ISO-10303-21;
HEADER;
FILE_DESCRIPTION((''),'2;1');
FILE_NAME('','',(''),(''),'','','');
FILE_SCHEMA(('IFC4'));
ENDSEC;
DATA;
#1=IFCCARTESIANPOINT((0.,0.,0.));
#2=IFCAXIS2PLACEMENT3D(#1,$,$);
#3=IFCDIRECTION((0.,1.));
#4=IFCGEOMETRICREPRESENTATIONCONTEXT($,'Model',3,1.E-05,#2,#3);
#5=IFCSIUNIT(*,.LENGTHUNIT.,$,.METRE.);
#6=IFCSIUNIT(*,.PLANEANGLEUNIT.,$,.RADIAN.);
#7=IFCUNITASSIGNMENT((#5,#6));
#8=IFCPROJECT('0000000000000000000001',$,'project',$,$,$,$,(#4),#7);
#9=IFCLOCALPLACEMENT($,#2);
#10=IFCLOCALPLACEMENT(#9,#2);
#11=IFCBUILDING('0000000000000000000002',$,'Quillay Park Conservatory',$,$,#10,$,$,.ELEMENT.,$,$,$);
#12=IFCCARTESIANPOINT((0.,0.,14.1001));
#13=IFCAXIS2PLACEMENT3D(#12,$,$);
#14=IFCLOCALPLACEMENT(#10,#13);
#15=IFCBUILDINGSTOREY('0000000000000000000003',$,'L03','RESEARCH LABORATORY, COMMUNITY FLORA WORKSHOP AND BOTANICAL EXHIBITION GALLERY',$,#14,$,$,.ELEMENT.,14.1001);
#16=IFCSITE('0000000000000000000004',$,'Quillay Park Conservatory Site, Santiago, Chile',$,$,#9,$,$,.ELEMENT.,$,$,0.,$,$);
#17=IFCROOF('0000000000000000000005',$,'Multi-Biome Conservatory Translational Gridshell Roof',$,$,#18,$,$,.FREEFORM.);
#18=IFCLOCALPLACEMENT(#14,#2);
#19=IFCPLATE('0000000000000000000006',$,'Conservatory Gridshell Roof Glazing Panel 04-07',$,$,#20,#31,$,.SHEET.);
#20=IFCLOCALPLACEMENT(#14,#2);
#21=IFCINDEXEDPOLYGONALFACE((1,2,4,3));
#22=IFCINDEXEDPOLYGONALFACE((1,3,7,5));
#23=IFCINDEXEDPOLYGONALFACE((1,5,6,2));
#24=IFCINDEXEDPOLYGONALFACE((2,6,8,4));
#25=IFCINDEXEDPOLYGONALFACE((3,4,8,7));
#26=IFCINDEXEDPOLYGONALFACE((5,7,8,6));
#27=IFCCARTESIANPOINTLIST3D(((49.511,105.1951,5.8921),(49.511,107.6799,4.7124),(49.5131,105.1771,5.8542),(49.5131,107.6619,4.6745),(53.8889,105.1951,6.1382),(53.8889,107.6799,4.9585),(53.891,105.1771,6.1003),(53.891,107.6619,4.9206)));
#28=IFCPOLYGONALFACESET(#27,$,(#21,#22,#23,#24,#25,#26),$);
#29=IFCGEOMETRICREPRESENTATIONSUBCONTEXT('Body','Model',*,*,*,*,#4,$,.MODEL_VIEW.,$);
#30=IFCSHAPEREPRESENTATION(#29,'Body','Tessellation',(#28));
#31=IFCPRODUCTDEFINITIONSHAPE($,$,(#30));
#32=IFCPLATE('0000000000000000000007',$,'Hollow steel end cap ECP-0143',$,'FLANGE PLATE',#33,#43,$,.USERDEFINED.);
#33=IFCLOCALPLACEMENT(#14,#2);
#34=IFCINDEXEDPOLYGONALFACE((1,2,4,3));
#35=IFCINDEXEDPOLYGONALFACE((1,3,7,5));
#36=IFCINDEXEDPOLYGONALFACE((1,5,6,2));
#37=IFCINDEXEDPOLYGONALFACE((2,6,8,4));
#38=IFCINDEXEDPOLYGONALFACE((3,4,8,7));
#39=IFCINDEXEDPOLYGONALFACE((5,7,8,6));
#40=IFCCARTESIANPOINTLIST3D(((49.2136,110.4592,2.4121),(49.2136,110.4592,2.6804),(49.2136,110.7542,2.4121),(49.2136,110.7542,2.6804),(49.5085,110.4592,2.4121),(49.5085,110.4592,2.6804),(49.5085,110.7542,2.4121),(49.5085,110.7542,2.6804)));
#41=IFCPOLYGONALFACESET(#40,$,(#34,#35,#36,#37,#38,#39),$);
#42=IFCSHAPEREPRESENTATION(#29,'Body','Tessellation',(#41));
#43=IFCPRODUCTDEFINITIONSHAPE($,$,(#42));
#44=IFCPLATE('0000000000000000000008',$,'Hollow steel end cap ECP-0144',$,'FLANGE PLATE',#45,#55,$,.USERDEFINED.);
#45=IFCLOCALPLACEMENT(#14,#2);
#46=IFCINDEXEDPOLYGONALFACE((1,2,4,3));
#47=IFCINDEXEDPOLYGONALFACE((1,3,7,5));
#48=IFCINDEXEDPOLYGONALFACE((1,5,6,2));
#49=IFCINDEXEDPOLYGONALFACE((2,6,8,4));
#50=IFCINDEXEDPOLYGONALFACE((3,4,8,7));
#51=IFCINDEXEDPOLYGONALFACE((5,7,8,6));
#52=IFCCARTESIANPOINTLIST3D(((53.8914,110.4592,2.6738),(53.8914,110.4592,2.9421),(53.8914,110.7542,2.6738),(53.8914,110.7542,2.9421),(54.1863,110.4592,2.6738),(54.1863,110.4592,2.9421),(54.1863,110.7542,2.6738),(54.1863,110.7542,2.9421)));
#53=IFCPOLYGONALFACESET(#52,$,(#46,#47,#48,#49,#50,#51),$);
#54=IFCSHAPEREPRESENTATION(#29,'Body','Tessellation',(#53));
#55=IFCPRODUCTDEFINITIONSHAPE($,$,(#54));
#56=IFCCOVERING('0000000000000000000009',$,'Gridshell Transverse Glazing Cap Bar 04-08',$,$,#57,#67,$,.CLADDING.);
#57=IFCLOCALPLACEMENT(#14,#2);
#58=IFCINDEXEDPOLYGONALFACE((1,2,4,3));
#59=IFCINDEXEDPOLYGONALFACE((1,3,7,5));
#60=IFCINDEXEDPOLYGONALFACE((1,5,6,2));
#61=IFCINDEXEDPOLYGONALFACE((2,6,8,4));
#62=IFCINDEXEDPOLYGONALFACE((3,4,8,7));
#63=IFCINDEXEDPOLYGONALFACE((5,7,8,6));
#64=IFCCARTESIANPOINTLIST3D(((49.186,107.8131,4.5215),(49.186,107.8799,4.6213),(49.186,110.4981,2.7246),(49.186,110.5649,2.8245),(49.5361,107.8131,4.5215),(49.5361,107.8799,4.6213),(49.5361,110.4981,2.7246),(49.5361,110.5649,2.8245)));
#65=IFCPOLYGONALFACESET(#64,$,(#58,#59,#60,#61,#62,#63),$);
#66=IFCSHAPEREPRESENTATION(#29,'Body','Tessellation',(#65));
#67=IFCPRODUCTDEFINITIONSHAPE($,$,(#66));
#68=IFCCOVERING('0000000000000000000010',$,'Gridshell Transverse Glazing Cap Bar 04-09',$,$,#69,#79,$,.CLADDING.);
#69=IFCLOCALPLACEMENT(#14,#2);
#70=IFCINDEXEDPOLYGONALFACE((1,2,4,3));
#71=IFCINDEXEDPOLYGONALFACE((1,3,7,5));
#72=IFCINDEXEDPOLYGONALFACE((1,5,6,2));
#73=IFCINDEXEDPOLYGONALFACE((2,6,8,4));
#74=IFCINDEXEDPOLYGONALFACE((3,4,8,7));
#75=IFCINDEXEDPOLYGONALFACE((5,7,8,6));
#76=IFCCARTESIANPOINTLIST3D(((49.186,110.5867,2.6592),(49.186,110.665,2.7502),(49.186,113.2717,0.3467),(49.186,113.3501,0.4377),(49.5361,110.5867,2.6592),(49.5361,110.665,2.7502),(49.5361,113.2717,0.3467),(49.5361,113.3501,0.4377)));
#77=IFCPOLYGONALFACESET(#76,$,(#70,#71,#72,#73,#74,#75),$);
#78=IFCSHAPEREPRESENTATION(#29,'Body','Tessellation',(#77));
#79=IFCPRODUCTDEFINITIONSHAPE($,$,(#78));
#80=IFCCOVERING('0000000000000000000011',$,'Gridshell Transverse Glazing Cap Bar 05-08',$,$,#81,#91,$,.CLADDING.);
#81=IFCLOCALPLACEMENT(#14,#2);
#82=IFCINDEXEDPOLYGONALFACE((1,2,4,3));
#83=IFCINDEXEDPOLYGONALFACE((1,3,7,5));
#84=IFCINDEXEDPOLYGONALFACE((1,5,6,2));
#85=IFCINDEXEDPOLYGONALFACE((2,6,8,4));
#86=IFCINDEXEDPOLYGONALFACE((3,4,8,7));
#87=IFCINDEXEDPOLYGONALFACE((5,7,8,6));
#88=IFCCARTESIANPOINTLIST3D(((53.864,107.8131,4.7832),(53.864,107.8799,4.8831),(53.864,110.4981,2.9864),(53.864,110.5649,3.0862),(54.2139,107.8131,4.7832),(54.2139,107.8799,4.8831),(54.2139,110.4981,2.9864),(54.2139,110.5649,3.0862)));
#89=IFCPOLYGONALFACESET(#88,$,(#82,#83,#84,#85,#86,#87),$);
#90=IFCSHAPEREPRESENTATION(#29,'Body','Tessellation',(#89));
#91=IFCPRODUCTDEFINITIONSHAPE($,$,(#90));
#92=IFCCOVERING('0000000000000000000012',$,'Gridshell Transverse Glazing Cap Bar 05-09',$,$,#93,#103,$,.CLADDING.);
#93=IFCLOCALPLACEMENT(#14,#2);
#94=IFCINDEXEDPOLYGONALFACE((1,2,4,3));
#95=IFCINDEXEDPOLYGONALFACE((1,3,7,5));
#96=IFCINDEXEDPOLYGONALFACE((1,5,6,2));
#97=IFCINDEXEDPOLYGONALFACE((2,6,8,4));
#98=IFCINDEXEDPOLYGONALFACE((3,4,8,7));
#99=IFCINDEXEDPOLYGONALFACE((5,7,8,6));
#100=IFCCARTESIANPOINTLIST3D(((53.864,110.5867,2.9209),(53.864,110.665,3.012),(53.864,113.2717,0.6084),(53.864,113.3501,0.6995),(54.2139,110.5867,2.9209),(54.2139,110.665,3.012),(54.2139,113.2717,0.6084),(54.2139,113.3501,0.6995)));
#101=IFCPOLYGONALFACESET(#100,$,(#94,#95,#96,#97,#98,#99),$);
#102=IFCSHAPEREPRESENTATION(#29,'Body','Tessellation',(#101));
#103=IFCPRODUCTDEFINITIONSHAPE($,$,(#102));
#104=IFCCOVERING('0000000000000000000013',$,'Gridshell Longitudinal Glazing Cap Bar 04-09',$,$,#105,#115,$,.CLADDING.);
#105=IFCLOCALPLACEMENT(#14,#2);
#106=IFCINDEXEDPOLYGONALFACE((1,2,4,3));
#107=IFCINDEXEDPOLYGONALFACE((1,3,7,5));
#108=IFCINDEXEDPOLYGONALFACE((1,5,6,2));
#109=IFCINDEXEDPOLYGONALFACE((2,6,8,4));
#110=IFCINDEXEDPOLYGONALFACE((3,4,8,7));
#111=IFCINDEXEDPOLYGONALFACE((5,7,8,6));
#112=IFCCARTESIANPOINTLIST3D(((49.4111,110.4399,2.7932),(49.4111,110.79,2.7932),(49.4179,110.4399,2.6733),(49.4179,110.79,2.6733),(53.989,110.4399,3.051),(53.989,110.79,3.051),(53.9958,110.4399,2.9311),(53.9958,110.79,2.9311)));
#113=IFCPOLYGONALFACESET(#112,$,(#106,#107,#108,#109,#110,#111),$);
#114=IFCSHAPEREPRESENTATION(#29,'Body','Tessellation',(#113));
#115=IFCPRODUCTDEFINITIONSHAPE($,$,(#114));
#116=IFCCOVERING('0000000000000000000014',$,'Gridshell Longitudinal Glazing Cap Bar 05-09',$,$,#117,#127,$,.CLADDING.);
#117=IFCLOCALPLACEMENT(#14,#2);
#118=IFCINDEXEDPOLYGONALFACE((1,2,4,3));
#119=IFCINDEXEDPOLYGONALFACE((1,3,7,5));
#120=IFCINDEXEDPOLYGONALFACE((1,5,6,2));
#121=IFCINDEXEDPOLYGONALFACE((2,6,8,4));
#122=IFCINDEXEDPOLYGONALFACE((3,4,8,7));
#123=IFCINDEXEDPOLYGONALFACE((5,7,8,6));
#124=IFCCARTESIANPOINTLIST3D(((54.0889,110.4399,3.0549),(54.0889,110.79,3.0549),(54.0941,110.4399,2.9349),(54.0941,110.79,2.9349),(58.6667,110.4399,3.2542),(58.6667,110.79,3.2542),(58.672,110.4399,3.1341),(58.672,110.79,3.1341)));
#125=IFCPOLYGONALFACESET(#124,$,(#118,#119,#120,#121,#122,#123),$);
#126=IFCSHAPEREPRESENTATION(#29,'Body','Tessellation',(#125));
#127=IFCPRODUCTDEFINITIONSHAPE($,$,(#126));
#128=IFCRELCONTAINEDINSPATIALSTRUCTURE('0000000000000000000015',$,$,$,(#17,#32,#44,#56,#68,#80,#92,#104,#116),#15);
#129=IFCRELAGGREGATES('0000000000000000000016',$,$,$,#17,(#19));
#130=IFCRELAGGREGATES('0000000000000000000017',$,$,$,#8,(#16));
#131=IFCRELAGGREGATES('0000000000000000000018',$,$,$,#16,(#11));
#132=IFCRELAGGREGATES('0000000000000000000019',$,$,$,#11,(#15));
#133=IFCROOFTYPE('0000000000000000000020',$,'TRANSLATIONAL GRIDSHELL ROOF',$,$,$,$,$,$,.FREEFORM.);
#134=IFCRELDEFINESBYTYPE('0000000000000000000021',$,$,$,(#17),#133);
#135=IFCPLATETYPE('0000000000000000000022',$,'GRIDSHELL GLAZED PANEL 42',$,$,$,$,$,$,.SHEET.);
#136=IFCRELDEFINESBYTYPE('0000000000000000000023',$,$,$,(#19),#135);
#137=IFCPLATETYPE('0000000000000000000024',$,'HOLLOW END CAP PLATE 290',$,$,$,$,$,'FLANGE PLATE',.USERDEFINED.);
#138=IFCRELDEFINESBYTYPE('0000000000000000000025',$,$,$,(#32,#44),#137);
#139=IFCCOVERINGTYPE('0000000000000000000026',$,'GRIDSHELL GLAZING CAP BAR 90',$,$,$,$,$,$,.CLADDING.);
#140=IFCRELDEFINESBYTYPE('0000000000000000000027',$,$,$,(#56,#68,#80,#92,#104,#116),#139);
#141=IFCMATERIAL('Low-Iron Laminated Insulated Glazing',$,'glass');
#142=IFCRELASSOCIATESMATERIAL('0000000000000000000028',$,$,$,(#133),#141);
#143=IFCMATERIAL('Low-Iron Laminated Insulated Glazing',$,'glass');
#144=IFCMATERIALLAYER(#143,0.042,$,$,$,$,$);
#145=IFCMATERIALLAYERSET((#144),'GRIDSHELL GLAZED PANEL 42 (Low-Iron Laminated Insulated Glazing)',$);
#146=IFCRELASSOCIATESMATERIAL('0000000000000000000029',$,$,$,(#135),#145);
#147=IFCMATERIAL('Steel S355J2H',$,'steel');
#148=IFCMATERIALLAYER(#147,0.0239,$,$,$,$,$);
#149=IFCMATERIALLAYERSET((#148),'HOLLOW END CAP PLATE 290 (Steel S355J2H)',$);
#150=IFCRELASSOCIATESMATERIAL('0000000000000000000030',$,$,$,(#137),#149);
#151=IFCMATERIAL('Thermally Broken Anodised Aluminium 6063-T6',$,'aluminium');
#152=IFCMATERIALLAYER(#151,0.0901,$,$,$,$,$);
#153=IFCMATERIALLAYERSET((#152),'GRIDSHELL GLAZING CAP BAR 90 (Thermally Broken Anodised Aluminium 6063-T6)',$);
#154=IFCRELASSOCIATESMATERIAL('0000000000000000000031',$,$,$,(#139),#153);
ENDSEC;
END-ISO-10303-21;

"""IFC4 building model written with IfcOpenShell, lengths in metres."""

from ifc_helpers import new_model, si_unit, direction, frame, origin, origin_2d, place, context, subcontext, project, spatial, polyline, rectangle, outline, extrude, material, layer, layer_set, type_object, element, aggregate, save


model = new_model("IFC4")

# Units and contexts
model_context = context("Model", 3, precision=1e-05, world=origin(), true_north=direction((0.0, 1.0)))
body_context = subcontext(model_context, "Body", "Model", "MODEL_VIEW")
ifc_project = project(units=[si_unit("LENGTHUNIT", "METRE"), si_unit("PLANEANGLEUNIT", "RADIAN")], contexts=[model_context])

# Site, building, storey
site_placement = place(None, origin())
site = spatial("IfcSite", under=ifc_project, at=site_placement, Name="Quillay Park Conservatory Site, Santiago, Chile", CompositionType="ELEMENT", RefElevation=0.0)
building_placement = place(site_placement, origin())
building = spatial("IfcBuilding", under=site, at=building_placement, Name="Quillay Park Conservatory", CompositionType="ELEMENT")
storey_placement = place(building_placement, frame((0.0, 0.0, 14.1001)))
storey = spatial("IfcBuildingStorey", under=building, at=storey_placement, Name="L03", Description="RESEARCH LABORATORY, COMMUNITY FLORA WORKSHOP AND BOTANICAL EXHIBITION GALLERY", CompositionType="ELEMENT", Elevation=14.1001)

# Roof, plate
ifc_material_1 = material(Name="Low-Iron Laminated Insulated Glazing", Category="glass")
roof_type = type_object("IfcRoofType", Name="TRANSLATIONAL GRIDSHELL ROOF", PredefinedType="FREEFORM", material=ifc_material_1)
roof_placement = place(storey_placement, origin())
roof = element("IfcRoof", 1, at=roof_placement, inside=storey, type_object=roof_type, Name="Multi-Biome Conservatory Translational Gridshell Roof", PredefinedType="FREEFORM")
ifc_material_2 = material(Name="Low-Iron Laminated Insulated Glazing", Category="glass")
ifc_layer_1 = layer(ifc_material_2, 0.042)
ifc_layer_set_1 = layer_set([ifc_layer_1], Name="GRIDSHELL GLAZED PANEL 42 (Low-Iron Laminated Insulated Glazing)")
plate_type_1 = type_object("IfcPlateType", Name="GRIDSHELL GLAZED PANEL 42", PredefinedType="SHEET", material=ifc_layer_set_1)
plate_1_placement = place(storey_placement, frame((49.511, 105.1951, 5.8921), z_axis=(-0.050715, 0.42832, 0.902203), x_axis=(0.998424, 0.0, 0.056124)))
plate_1 = element("IfcPlate", 2, at=plate_1_placement, type_object=plate_type_1, Name="Conservatory Gridshell Roof Glazing Panel 04-07", PredefinedType="SHEET", context=body_context, shape_type="SweptSolid", body=[
    extrude(outline(polyline([(0.0, 0.0), (4.3848, 0.0), (4.3186, 2.7499), (-0.0662, 2.7499), (0.0, 0.0)])), origin(), (0.0, 0.0, -1.0), 0.042),
])
aggregate(roof, [plate_1])

# Plates
ifc_material_3 = material(Name="Steel S355J2H", Category="steel")
ifc_layer_2 = layer(ifc_material_3, 0.0239)
ifc_layer_set_2 = layer_set([ifc_layer_2], Name="HOLLOW END CAP PLATE 290 (Steel S355J2H)")
plate_type_2 = type_object("IfcPlateType", Name="HOLLOW END CAP PLATE 290", ElementType="FLANGE PLATE", PredefinedType="USERDEFINED", material=ifc_layer_set_2)
for number, where, z_axis, x_axis, name in (
    (3, (49.3611, 110.6067, 2.4121), (0.0, 0.0, 1.0), (1.0, 0.0, 0.0), "Hollow steel end cap ECP-0143"),
    (4, (54.0388, 110.6067, 2.6738), (0.0, 0.0, 1.0), (1.0, 0.0, 0.0), "Hollow steel end cap ECP-0144"),
):
    element("IfcPlate", number, at=place(storey_placement, frame(where, z_axis=z_axis, x_axis=x_axis)), inside=storey, type_object=plate_type_2, Name=name, ObjectType="FLANGE PLATE", PredefinedType="USERDEFINED", context=body_context, shape_type="SweptSolid", body=[
        extrude(rectangle(XDim=0.2949, YDim=0.2949, at=origin_2d()), origin(), (0.0, 0.0, 1.0), 0.2683),
    ])

# Coverings
ifc_material_4 = material(Name="Thermally Broken Anodised Aluminium 6063-T6", Category="aluminium")
ifc_layer_3 = layer(ifc_material_4, 0.0901)
ifc_layer_set_3 = layer_set([ifc_layer_3], Name="GRIDSHELL GLAZING CAP BAR 90 (Thermally Broken Anodised Aluminium 6063-T6)")
covering_type = type_object("IfcCoveringType", Name="GRIDSHELL GLAZING CAP BAR 90", PredefinedType="CLADDING", material=ifc_layer_set_3)
covering_1_placement = place(storey_placement, frame((49.186, 107.8799, 4.6213), z_axis=(0.0, 0.556164, 0.831072), x_axis=(1.0, 0.0, 0.0)))
element("IfcCovering", 5, at=covering_1_placement, inside=storey, type_object=covering_type, Name="Gridshell Transverse Glazing Cap Bar 04-08", PredefinedType="CLADDING", context=body_context, shape_type="SweptSolid", body=[
    extrude(outline(polyline([(0.0, 0.0), (0.3501, 0.0), (0.3501, 3.2308), (0.0, 3.2308), (0.0, 0.0)])), origin(), (0.0, 0.0, -1.0), 0.1201),
])
covering_2_placement = place(storey_placement, frame((49.186, 110.665, 2.7502), z_axis=(0.0, 0.652582, 0.757718), x_axis=(1.0, 0.0, 0.0)))
element("IfcCovering", 6, at=covering_2_placement, inside=storey, type_object=covering_type, Name="Gridshell Transverse Glazing Cap Bar 04-09", PredefinedType="CLADDING", context=body_context, shape_type="SweptSolid", body=[
    extrude(outline(polyline([(0.0, 0.0), (0.3501, 0.0), (0.3501, 3.5436), (0.0, 3.5436), (0.0, 0.0)])), origin(), (0.0, 0.0, -1.0), 0.1201),
])
covering_3_placement = place(storey_placement, frame((53.864, 107.8799, 4.8831), z_axis=(0.0, 0.556164, 0.831072), x_axis=(1.0, 0.0, 0.0)))
element("IfcCovering", 7, at=covering_3_placement, inside=storey, type_object=covering_type, Name="Gridshell Transverse Glazing Cap Bar 05-08", PredefinedType="CLADDING", context=body_context, shape_type="SweptSolid", body=[
    extrude(outline(polyline([(0.0, 0.0), (0.3499, 0.0), (0.3499, 3.2308), (0.0, 3.2308), (0.0, 0.0)])), origin(), (0.0, 0.0, -1.0), 0.1201),
])
covering_4_placement = place(storey_placement, frame((53.864, 110.665, 3.012), z_axis=(0.0, 0.652582, 0.757718), x_axis=(1.0, 0.0, 0.0)))
element("IfcCovering", 8, at=covering_4_placement, inside=storey, type_object=covering_type, Name="Gridshell Transverse Glazing Cap Bar 05-09", PredefinedType="CLADDING", context=body_context, shape_type="SweptSolid", body=[
    extrude(outline(polyline([(0.0, 0.0), (0.3499, 0.0), (0.3499, 3.5436), (0.0, 3.5436), (0.0, 0.0)])), origin(), (0.0, 0.0, -1.0), 0.1201),
])
covering_5_placement = place(storey_placement, frame((49.4111, 110.4399, 2.7932), z_axis=(-0.056228, 0.0, 0.998418), x_axis=(0.998418, 0.0, 0.056228)))
element("IfcCovering", 9, at=covering_5_placement, inside=storey, type_object=covering_type, Name="Gridshell Longitudinal Glazing Cap Bar 04-09", PredefinedType="CLADDING", context=body_context, shape_type="SweptSolid", body=[
    extrude(outline(polyline([(0.0, 0.0), (4.5851, 0.0), (4.5851, 0.3501), (0.0, 0.3501), (0.0, 0.0)])), origin(), (0.0, 0.0, -1.0), 0.1201),
])
covering_6_placement = place(storey_placement, frame((54.0889, 110.4399, 3.0549), z_axis=(-0.043477, 0.0, 0.999054), x_axis=(0.999054, 0.0, 0.043477)))
element("IfcCovering", 10, at=covering_6_placement, inside=storey, type_object=covering_type, Name="Gridshell Longitudinal Glazing Cap Bar 05-09", PredefinedType="CLADDING", context=body_context, shape_type="SweptSolid", body=[
    extrude(outline(polyline([(0.0, 0.0), (4.5822, 0.0), (4.5822, 0.3501), (0.0, 0.3501), (0.0, 0.0)])), origin(), (0.0, 0.0, -1.0), 0.1201),
])

save(model, "model.ifc")
